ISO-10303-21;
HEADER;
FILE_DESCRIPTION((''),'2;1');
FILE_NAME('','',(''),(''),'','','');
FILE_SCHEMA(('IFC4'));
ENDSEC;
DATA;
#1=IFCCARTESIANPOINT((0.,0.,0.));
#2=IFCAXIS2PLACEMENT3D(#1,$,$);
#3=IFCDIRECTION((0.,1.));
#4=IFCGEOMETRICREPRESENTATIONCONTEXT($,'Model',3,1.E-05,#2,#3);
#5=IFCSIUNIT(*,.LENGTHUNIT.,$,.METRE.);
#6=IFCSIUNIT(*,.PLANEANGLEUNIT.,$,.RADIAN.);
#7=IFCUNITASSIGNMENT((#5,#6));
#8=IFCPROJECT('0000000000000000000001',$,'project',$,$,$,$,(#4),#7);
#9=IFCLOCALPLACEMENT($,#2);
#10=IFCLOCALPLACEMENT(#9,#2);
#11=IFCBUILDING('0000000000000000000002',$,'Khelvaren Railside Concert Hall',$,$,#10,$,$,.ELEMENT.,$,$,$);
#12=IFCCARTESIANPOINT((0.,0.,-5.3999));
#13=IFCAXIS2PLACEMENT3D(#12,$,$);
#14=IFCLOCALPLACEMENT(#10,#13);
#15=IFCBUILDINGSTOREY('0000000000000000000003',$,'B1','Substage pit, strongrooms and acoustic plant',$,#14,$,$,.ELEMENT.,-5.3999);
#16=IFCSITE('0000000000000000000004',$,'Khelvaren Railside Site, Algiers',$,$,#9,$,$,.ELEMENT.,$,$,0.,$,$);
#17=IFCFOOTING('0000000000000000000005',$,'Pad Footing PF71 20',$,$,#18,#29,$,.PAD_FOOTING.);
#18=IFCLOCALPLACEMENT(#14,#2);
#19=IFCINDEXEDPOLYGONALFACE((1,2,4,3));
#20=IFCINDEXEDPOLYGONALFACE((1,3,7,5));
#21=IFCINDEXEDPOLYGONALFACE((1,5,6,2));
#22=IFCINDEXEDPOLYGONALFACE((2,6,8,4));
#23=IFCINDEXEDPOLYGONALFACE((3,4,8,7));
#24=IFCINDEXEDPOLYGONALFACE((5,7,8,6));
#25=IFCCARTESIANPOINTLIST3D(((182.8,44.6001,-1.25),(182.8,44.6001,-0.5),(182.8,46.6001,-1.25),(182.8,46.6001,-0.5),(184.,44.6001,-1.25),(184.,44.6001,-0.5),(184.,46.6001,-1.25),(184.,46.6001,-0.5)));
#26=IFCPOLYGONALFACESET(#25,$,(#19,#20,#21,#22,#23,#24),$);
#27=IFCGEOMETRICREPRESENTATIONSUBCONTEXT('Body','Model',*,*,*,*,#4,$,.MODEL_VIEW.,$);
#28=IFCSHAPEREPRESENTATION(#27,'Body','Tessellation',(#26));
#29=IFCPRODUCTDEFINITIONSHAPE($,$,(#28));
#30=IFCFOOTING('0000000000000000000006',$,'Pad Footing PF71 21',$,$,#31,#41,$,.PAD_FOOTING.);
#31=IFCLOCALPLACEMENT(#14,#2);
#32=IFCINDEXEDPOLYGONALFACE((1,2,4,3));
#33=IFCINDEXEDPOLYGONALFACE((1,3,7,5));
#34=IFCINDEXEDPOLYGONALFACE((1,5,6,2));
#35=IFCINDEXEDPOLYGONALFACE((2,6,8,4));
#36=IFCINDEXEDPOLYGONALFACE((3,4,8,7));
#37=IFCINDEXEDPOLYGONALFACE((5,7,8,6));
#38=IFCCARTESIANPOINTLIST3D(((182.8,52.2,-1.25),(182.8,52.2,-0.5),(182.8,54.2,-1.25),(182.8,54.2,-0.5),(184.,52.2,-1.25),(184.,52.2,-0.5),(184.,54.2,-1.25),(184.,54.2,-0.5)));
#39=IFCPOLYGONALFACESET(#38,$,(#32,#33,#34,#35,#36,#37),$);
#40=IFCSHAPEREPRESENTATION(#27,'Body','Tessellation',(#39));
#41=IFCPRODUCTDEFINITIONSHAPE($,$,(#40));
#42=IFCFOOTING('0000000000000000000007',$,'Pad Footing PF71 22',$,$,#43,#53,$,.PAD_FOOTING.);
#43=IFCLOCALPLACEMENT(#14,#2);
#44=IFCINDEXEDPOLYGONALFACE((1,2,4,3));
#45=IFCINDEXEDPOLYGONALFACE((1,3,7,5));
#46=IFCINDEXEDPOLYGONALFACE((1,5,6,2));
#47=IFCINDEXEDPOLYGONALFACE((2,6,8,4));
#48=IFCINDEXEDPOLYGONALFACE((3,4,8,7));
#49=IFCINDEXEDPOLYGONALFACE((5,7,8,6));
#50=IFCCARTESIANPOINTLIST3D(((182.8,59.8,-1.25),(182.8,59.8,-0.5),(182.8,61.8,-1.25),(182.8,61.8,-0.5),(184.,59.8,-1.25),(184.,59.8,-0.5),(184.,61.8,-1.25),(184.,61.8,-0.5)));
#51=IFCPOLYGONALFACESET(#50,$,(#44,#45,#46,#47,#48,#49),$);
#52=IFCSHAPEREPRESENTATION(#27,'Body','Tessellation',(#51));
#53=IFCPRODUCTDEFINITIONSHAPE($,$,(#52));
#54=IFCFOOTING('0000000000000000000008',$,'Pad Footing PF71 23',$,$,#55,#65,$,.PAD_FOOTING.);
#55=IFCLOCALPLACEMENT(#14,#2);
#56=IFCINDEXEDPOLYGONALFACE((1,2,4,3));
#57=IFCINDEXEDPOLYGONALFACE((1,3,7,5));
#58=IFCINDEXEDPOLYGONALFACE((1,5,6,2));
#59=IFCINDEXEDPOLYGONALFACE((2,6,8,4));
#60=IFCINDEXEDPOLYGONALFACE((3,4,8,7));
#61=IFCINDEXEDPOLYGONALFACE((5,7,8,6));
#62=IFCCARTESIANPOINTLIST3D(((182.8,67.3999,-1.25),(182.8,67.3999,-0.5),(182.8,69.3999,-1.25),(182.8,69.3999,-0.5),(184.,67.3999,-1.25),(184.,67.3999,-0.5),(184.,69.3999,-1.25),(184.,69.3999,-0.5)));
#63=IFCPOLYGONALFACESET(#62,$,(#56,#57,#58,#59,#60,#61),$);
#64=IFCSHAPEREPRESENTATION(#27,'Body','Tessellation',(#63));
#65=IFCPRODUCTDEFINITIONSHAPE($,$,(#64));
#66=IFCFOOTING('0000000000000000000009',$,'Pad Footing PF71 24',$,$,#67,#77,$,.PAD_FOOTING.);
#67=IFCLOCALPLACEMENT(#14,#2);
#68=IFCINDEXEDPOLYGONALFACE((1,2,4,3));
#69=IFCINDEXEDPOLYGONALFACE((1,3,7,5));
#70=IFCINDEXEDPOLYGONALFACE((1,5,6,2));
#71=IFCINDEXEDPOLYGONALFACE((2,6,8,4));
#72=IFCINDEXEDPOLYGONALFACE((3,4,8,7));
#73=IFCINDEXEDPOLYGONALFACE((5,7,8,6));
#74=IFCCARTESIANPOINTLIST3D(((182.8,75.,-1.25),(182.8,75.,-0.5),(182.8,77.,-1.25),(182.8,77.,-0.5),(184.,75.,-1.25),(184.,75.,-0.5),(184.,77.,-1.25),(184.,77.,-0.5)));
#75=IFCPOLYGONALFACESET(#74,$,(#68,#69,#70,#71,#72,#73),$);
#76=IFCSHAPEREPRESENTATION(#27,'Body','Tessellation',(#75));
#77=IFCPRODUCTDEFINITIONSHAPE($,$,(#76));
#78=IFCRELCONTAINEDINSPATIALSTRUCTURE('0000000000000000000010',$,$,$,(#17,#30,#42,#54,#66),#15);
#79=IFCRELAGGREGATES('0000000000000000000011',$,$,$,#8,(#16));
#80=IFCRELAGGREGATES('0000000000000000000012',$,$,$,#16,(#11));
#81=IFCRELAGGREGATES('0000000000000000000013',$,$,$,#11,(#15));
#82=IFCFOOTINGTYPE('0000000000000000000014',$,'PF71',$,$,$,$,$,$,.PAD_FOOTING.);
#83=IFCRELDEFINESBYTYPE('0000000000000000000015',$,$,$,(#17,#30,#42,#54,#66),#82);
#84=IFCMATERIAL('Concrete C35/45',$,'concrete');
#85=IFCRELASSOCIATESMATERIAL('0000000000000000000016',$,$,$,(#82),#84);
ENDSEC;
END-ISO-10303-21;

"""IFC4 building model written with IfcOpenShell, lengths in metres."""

from ifc_helpers import new_model, si_unit, direction, frame, origin, place, context, subcontext, project, spatial, polyline, outline, extrude, material, type_object, element, save


model = new_model("IFC4")

# Units and contexts
model_context = context("Model", 3, precision=1e-05, world=origin(), true_north=direction((0.0, 1.0)))
body_context = subcontext(model_context, "Body", "Model", "MODEL_VIEW")
ifc_project = project(units=[si_unit("LENGTHUNIT", "METRE"), si_unit("PLANEANGLEUNIT", "RADIAN")], contexts=[model_context])

# Site, building, storey
site_placement = place(None, origin())
site = spatial("IfcSite", under=ifc_project, at=site_placement, Name="Khelvaren Railside Site, Algiers", CompositionType="ELEMENT", RefElevation=0.0)
building_placement = place(site_placement, origin())
building = spatial("IfcBuilding", under=site, at=building_placement, Name="Khelvaren Railside Concert Hall", CompositionType="ELEMENT")
storey_placement = place(building_placement, frame((0.0, 0.0, -5.3999)))
storey = spatial("IfcBuildingStorey", under=building, at=storey_placement, Name="B1", Description="Substage pit, strongrooms and acoustic plant", CompositionType="ELEMENT", Elevation=-5.3999)

# Footings
ifc_material = material(Name="Concrete C35/45", Category="concrete")
footing_type_1 = type_object("IfcFootingType", Name="PF71", PredefinedType="PAD_FOOTING", material=ifc_material)
footing_1_placement = place(storey_placement, frame((0.0, 0.0, -1.25)))
element("IfcFooting", 1, at=footing_1_placement, inside=storey, type_object=footing_type_1, Name="Pad Footing PF71 20", PredefinedType="PAD_FOOTING", context=body_context, shape_type="SweptSolid", body=[
    extrude(outline(polyline([(182.8, 44.6001), (184.0, 44.6001), (184.0, 46.6001), (182.8, 46.6001), (182.8, 44.6001)])), origin(), (0.0, 0.0, 1.0), 0.75),
])
footing_2_placement = place(storey_placement, frame((0.0, 0.0, -1.25)))
element("IfcFooting", 2, at=footing_2_placement, inside=storey, type_object=footing_type_1, Name="Pad Footing PF71 21", PredefinedType="PAD_FOOTING", context=body_context, shape_type="SweptSolid", body=[
    extrude(outline(polyline([(182.8, 52.2), (184.0, 52.2), (184.0, 54.2), (182.8, 54.2), (182.8, 52.2)])), origin(), (0.0, 0.0, 1.0), 0.75),
])
footing_3_placement = place(storey_placement, frame((0.0, 0.0, -1.25)))
element("IfcFooting", 3, at=footing_3_placement, inside=storey, type_object=footing_type_1, Name="Pad Footing PF71 22", PredefinedType="PAD_FOOTING", context=body_context, shape_type="SweptSolid", body=[
    extrude(outline(polyline([(182.8, 59.8), (184.0, 59.8), (184.0, 61.8), (182.8, 61.8), (182.8, 59.8)])), origin(), (0.0, 0.0, 1.0), 0.75),
])
footing_4_placement = place(storey_placement, frame((0.0, 0.0, -1.25)))
element("IfcFooting", 4, at=footing_4_placement, inside=storey, type_object=footing_type_1, Name="Pad Footing PF71 23", PredefinedType="PAD_FOOTING", context=body_context, shape_type="SweptSolid", body=[
    extrude(outline(polyline([(182.8, 67.3999), (184.0, 67.3999), (184.0, 69.3999), (182.8, 69.3999), (182.8, 67.3999)])), origin(), (0.0, 0.0, 1.0), 0.75),
])
footing_5_placement = place(storey_placement, frame((0.0, 0.0, -1.25)))
element("IfcFooting", 5, at=footing_5_placement, inside=storey, type_object=footing_type_1, Name="Pad Footing PF71 24", PredefinedType="PAD_FOOTING", context=body_context, shape_type="SweptSolid", body=[
    extrude(outline(polyline([(182.8, 75.0), (184.0, 75.0), (184.0, 77.0), (182.8, 77.0), (182.8, 75.0)])), origin(), (0.0, 0.0, 1.0), 0.75),
])

save(model, "model.ifc")
